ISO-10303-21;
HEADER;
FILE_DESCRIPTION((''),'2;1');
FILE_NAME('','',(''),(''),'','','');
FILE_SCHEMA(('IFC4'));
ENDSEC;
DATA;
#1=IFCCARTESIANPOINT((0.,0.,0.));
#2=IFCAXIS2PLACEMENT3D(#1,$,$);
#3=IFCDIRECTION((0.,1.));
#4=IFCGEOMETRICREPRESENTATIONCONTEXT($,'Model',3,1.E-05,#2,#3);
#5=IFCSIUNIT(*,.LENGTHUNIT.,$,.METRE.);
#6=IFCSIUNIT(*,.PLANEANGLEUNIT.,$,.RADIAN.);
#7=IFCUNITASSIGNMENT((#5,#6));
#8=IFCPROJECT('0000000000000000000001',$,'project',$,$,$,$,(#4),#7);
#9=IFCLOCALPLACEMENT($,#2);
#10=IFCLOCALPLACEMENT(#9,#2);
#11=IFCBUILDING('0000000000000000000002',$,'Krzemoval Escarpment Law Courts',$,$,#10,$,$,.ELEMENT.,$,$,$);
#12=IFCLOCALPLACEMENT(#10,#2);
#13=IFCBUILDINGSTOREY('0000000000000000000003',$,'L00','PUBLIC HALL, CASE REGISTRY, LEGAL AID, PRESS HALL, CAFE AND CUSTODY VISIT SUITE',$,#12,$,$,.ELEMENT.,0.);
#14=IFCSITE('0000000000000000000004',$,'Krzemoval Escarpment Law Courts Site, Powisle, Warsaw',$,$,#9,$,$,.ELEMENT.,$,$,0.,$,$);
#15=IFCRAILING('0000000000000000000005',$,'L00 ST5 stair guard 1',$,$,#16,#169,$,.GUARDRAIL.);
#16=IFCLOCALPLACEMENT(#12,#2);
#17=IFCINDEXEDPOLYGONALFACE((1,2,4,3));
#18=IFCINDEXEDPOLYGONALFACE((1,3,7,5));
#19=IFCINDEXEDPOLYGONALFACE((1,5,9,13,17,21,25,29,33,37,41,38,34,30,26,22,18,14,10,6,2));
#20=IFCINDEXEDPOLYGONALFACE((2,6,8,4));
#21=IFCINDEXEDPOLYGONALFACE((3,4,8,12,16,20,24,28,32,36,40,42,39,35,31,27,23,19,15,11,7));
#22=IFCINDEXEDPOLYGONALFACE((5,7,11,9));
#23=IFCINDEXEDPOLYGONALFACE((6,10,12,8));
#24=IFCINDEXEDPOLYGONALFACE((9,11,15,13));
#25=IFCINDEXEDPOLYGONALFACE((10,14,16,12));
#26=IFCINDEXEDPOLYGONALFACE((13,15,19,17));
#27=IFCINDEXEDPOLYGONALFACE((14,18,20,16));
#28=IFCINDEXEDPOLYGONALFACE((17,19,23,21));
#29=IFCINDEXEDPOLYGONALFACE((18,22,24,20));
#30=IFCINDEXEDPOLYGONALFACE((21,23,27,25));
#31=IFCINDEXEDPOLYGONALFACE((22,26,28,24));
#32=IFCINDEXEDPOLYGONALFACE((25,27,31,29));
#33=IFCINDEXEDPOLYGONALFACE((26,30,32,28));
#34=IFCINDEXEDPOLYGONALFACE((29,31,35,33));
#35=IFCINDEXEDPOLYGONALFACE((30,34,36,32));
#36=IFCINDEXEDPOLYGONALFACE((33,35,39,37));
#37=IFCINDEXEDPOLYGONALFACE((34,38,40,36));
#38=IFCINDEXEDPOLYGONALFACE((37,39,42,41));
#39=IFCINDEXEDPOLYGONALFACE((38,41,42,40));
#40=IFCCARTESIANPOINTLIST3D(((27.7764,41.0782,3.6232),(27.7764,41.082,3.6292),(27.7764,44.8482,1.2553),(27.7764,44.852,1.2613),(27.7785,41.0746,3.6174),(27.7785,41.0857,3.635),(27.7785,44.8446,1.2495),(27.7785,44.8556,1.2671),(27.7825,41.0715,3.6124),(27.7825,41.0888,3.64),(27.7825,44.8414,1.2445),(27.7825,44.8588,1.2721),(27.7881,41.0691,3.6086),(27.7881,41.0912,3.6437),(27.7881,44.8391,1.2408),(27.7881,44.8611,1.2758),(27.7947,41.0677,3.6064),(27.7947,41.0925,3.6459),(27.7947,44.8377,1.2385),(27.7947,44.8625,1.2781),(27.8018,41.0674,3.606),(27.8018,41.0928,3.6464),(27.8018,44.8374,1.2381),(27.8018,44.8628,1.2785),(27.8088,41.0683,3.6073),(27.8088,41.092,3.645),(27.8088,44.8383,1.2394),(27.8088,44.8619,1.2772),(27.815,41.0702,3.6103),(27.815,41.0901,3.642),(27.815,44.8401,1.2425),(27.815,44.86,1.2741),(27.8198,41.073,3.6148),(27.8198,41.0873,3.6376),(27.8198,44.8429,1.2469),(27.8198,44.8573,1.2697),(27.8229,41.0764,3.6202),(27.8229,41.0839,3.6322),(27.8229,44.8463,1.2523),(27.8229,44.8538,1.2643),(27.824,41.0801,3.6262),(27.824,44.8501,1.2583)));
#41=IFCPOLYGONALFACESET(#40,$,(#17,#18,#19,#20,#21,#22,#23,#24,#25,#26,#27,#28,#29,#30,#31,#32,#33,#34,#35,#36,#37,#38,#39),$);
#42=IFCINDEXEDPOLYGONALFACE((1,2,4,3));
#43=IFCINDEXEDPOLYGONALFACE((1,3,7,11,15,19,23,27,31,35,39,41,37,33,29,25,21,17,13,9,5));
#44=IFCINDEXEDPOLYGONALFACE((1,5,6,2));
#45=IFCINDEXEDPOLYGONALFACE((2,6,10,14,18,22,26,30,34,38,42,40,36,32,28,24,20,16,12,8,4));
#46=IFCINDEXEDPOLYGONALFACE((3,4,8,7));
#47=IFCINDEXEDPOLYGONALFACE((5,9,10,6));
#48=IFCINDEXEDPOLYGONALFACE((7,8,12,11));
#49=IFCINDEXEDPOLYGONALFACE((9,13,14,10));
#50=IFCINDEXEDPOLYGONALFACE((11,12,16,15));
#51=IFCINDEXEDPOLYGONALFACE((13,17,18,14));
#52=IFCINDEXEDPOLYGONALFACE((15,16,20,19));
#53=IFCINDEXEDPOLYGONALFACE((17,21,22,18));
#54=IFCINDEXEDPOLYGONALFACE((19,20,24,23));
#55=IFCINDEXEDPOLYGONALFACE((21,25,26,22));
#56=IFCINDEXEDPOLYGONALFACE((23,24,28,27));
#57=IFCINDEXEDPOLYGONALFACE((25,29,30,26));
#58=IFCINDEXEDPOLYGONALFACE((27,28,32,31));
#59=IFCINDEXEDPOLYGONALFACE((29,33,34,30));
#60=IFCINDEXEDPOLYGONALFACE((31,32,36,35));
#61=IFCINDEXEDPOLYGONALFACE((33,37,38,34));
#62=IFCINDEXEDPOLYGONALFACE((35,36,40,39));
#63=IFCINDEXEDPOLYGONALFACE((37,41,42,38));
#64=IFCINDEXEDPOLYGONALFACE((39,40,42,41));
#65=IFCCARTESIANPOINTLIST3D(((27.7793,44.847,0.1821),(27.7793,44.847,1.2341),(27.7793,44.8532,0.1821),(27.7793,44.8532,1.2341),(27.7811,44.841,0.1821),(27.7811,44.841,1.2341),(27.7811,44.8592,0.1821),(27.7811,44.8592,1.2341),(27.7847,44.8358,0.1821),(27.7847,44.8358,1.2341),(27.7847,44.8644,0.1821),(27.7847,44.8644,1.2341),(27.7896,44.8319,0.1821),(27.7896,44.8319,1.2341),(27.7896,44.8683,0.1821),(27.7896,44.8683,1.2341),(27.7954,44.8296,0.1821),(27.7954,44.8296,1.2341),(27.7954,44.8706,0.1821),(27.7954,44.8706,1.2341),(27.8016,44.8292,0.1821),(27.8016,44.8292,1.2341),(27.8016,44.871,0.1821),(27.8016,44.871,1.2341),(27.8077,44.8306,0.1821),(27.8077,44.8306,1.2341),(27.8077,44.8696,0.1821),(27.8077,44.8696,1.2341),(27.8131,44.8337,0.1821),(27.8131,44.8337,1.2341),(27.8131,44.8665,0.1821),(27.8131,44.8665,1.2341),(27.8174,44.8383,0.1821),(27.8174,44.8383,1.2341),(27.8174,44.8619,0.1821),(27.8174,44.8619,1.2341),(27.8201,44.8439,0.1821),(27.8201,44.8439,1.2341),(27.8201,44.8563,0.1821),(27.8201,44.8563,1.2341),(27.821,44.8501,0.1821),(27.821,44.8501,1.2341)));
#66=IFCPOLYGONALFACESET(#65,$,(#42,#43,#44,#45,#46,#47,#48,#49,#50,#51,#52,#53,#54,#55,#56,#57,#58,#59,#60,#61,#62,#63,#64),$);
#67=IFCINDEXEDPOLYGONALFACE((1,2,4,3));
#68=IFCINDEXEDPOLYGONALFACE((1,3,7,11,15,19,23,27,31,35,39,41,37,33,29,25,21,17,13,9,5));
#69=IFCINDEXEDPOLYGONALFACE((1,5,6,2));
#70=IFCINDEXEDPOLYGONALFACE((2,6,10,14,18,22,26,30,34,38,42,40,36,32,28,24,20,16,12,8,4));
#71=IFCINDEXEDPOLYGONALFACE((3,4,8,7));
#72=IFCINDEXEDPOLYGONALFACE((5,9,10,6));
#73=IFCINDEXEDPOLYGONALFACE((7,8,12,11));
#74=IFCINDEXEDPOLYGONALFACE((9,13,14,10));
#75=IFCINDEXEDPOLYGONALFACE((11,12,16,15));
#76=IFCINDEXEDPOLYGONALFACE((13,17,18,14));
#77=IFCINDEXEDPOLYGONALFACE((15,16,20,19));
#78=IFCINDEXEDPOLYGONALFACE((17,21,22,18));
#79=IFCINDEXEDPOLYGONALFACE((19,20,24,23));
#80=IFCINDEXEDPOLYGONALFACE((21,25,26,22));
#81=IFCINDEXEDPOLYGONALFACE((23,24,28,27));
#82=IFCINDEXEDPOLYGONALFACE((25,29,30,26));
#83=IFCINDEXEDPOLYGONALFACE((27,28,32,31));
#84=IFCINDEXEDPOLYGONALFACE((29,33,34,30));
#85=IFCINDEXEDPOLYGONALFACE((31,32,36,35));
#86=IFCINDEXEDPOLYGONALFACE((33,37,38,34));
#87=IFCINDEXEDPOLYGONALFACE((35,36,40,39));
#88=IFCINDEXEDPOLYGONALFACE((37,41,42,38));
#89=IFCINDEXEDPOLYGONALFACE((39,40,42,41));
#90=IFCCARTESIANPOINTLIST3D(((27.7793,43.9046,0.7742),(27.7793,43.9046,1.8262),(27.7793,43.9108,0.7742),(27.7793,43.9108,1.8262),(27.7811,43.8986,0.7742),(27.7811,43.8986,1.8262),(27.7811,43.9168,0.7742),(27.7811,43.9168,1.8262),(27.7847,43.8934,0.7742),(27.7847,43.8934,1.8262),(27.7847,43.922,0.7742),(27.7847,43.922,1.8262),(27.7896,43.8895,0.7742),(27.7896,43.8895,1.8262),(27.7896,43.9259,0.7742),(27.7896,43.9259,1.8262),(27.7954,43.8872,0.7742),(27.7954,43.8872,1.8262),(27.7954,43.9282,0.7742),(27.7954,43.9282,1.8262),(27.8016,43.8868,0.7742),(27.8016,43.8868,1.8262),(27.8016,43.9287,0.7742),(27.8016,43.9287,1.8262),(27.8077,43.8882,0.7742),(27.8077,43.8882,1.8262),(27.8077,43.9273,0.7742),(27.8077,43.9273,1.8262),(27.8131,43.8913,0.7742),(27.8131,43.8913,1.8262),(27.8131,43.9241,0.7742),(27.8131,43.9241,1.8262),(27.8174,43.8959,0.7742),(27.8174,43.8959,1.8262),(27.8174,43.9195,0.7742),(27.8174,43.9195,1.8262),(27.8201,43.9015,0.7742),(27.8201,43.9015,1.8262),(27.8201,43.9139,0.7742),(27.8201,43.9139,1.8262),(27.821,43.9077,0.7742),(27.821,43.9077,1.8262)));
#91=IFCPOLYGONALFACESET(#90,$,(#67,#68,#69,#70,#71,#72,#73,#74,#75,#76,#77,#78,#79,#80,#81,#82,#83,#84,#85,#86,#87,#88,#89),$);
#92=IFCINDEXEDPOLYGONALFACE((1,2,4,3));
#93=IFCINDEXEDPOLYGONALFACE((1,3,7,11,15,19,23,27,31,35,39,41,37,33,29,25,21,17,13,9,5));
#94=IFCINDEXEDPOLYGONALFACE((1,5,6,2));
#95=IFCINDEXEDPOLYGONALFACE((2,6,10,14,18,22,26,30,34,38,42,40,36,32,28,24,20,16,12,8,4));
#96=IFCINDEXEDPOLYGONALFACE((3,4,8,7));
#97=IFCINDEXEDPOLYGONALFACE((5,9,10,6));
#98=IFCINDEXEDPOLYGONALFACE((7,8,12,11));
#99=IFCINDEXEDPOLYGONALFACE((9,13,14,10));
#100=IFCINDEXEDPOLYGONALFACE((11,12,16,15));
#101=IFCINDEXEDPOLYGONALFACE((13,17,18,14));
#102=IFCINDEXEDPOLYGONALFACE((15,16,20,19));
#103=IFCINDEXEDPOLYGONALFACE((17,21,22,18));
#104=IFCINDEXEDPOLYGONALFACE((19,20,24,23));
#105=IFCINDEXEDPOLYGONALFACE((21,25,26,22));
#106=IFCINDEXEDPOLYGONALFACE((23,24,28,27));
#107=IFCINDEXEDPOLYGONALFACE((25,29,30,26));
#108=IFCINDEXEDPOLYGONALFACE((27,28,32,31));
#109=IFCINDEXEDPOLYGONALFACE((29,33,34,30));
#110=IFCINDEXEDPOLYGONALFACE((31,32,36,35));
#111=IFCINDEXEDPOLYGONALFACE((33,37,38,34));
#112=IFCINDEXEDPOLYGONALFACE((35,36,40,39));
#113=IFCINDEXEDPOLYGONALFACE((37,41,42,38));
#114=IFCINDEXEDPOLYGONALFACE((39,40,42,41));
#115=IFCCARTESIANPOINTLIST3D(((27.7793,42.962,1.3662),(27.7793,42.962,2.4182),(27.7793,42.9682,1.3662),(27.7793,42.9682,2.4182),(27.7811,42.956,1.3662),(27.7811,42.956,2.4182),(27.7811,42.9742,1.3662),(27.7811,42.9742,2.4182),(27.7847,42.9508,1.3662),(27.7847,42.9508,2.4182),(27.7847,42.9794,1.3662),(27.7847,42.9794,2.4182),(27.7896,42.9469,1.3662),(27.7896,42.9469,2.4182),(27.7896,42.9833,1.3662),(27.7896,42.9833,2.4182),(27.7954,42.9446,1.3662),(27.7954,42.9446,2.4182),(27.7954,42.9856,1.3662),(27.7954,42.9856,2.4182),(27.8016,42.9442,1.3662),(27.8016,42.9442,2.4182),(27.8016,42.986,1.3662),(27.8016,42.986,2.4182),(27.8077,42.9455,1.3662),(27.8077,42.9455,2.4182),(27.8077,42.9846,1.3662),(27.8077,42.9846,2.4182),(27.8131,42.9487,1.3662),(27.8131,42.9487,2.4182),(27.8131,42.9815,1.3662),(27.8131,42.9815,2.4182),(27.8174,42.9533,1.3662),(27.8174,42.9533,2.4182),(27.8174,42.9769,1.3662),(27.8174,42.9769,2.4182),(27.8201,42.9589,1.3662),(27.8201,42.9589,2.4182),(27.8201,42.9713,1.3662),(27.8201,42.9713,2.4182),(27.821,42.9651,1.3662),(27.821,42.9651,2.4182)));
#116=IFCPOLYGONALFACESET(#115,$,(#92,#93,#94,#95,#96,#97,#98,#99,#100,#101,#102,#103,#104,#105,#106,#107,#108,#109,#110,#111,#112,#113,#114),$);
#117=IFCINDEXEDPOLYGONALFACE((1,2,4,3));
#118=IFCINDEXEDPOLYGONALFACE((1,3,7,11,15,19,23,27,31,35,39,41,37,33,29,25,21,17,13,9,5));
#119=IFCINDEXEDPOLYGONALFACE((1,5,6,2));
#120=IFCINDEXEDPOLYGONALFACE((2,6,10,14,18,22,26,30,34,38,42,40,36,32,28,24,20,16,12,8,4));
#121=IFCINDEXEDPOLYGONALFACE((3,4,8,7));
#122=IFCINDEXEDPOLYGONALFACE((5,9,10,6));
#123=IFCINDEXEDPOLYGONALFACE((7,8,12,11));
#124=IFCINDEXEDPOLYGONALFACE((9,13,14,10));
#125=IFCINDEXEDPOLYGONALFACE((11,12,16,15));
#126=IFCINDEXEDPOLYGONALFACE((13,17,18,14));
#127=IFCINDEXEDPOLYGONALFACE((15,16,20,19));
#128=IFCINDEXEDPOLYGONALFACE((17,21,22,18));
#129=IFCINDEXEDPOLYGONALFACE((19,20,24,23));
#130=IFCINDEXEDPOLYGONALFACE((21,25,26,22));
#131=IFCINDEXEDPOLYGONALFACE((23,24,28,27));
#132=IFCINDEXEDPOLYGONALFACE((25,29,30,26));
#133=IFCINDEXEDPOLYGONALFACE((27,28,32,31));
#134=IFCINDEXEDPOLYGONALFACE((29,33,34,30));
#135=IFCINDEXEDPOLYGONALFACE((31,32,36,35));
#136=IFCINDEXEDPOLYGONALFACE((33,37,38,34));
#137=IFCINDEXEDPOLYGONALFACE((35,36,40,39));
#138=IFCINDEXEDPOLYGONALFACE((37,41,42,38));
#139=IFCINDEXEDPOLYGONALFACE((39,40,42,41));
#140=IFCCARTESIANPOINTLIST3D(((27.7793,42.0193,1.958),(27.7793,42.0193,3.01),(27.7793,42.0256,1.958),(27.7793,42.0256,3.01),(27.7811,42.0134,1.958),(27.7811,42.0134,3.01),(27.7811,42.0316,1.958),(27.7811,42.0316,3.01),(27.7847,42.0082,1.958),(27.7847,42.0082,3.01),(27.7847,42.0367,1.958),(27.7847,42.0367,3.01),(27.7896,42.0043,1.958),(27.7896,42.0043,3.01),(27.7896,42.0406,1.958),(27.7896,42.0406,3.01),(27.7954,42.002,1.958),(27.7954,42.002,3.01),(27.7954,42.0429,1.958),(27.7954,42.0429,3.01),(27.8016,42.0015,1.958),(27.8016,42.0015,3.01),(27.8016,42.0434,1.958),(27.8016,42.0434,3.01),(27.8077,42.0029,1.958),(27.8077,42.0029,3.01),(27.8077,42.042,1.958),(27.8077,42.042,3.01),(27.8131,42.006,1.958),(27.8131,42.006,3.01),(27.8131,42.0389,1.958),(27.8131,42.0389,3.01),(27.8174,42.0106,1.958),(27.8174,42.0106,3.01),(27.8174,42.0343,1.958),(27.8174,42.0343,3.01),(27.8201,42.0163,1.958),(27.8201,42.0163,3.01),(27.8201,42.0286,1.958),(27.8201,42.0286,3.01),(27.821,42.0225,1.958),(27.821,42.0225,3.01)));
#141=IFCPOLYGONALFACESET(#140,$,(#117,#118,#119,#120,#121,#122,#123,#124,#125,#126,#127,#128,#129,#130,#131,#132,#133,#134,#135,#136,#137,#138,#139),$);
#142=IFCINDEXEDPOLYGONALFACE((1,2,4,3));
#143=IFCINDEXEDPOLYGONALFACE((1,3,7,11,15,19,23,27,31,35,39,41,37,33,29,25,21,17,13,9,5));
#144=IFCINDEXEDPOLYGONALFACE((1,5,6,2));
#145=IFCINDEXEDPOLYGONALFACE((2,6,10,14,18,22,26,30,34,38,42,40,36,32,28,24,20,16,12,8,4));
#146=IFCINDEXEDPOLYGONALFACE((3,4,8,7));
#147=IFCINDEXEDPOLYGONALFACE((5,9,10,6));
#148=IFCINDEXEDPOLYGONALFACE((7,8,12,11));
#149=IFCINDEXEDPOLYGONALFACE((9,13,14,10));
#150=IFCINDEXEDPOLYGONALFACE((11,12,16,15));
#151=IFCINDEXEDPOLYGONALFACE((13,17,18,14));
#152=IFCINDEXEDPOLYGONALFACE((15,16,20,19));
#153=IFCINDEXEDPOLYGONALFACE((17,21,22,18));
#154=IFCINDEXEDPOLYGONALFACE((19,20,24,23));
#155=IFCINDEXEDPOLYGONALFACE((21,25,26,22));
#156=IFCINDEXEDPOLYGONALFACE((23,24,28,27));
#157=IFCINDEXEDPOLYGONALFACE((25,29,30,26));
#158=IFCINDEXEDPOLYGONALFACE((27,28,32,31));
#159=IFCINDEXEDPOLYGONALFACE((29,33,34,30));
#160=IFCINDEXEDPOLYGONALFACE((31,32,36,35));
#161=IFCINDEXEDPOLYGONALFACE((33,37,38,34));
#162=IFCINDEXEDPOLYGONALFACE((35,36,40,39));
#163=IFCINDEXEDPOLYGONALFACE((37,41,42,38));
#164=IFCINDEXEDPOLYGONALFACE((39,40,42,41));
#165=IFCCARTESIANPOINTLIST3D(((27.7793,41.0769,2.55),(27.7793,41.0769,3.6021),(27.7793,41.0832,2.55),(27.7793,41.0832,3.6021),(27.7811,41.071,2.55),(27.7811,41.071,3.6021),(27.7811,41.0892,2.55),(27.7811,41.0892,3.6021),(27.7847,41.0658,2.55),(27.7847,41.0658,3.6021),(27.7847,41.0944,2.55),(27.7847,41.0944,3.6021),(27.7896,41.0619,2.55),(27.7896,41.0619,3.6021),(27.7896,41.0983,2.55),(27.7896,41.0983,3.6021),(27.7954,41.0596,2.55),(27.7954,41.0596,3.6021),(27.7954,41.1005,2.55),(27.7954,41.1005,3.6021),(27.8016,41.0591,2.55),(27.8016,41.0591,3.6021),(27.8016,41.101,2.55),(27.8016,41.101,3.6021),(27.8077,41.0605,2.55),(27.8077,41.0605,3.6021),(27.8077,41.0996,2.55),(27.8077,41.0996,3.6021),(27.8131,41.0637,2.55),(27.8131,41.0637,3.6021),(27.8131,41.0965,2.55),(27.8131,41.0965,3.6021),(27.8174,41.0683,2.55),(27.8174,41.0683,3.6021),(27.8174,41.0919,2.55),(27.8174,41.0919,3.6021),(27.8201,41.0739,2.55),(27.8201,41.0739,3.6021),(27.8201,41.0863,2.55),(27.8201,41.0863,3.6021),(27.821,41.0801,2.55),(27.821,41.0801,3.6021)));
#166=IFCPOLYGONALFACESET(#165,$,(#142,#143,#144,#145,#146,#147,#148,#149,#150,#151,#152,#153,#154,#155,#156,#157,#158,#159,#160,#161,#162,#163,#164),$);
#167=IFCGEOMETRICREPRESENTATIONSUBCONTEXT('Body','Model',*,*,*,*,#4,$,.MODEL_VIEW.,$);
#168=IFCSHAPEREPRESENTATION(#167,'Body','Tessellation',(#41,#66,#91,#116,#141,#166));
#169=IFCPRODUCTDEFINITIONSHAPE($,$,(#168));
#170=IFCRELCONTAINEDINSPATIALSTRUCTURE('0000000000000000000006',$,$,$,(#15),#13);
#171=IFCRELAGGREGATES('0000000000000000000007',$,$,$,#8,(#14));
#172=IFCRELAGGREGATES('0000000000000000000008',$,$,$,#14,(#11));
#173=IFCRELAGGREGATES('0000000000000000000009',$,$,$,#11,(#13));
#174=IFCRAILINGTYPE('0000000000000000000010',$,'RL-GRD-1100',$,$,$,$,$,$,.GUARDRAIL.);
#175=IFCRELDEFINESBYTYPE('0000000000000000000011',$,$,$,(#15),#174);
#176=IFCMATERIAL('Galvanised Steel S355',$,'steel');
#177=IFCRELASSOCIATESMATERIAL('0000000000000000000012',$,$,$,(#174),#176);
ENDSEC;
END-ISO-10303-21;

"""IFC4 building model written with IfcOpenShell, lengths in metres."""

from ifc_helpers import new_model, si_unit, direction, frame, origin, origin_2d, place, context, subcontext, project, spatial, circle, extrude, material, type_object, element, save


model = new_model("IFC4")

# Units and contexts
model_context = context("Model", 3, precision=1e-05, world=origin(), true_north=direction((0.0, 1.0)))
body_context = subcontext(model_context, "Body", "Model", "MODEL_VIEW")
ifc_project = project(units=[si_unit("LENGTHUNIT", "METRE"), si_unit("PLANEANGLEUNIT", "RADIAN")], contexts=[model_context])

# Site, building, storey
site_placement = place(None, origin())
site = spatial("IfcSite", under=ifc_project, at=site_placement, Name="Krzemoval Escarpment Law Courts Site, Powisle, Warsaw", CompositionType="ELEMENT", RefElevation=0.0)
building_placement = place(site_placement, origin())
building = spatial("IfcBuilding", under=site, at=building_placement, Name="Krzemoval Escarpment Law Courts", CompositionType="ELEMENT")
storey_placement = place(building_placement, origin())
storey = spatial("IfcBuildingStorey", under=building, at=storey_placement, Name="L00", Description="PUBLIC HALL, CASE REGISTRY, LEGAL AID, PRESS HALL, CAFE AND CUSTODY VISIT SUITE", CompositionType="ELEMENT", Elevation=0.0)

# Railing
ifc_material_1 = material(Name="Galvanised Steel S355", Category="steel")
railing_type_1 = type_object("IfcRailingType", Name="RL-GRD-1100", PredefinedType="GUARDRAIL", material=ifc_material_1)
railing_1_placement = place(storey_placement, frame((27.8, 44.8501, 0.1821)))
element("IfcRailing", 1, at=railing_1_placement, inside=storey, type_object=railing_type_1, Name="L00 ST5 stair guard 1", PredefinedType="GUARDRAIL", context=body_context, shape_type="SweptSolid", body=[
    extrude(circle(Radius=0.0239, at=origin_2d()), frame((0.0, 0.0, 1.0762), z_axis=(0.0, -0.846819, 0.531881), x_axis=(1.0, 0.0, 0.0)), (0.0, 0.0, 1.0), 4.4519),
    extrude(circle(Radius=0.021, at=origin_2d()), origin(), (0.0, 0.0, 1.0), 1.052),
    extrude(circle(Radius=0.021, at=origin_2d()), frame((0.0, -0.9424, 0.592)), (0.0, 0.0, 1.0), 1.052),
    extrude(circle(Radius=0.021, at=origin_2d()), frame((0.0, -1.885, 1.1841)), (0.0, 0.0, 1.0), 1.052),
    extrude(circle(Radius=0.021, at=origin_2d()), frame((0.0, -2.8276, 1.7759)), (0.0, 0.0, 1.0), 1.052),
    extrude(circle(Radius=0.021, at=origin_2d()), frame((0.0, -3.77, 2.3679)), (0.0, 0.0, 1.0), 1.052),
])

save(model, "model.ifc")
